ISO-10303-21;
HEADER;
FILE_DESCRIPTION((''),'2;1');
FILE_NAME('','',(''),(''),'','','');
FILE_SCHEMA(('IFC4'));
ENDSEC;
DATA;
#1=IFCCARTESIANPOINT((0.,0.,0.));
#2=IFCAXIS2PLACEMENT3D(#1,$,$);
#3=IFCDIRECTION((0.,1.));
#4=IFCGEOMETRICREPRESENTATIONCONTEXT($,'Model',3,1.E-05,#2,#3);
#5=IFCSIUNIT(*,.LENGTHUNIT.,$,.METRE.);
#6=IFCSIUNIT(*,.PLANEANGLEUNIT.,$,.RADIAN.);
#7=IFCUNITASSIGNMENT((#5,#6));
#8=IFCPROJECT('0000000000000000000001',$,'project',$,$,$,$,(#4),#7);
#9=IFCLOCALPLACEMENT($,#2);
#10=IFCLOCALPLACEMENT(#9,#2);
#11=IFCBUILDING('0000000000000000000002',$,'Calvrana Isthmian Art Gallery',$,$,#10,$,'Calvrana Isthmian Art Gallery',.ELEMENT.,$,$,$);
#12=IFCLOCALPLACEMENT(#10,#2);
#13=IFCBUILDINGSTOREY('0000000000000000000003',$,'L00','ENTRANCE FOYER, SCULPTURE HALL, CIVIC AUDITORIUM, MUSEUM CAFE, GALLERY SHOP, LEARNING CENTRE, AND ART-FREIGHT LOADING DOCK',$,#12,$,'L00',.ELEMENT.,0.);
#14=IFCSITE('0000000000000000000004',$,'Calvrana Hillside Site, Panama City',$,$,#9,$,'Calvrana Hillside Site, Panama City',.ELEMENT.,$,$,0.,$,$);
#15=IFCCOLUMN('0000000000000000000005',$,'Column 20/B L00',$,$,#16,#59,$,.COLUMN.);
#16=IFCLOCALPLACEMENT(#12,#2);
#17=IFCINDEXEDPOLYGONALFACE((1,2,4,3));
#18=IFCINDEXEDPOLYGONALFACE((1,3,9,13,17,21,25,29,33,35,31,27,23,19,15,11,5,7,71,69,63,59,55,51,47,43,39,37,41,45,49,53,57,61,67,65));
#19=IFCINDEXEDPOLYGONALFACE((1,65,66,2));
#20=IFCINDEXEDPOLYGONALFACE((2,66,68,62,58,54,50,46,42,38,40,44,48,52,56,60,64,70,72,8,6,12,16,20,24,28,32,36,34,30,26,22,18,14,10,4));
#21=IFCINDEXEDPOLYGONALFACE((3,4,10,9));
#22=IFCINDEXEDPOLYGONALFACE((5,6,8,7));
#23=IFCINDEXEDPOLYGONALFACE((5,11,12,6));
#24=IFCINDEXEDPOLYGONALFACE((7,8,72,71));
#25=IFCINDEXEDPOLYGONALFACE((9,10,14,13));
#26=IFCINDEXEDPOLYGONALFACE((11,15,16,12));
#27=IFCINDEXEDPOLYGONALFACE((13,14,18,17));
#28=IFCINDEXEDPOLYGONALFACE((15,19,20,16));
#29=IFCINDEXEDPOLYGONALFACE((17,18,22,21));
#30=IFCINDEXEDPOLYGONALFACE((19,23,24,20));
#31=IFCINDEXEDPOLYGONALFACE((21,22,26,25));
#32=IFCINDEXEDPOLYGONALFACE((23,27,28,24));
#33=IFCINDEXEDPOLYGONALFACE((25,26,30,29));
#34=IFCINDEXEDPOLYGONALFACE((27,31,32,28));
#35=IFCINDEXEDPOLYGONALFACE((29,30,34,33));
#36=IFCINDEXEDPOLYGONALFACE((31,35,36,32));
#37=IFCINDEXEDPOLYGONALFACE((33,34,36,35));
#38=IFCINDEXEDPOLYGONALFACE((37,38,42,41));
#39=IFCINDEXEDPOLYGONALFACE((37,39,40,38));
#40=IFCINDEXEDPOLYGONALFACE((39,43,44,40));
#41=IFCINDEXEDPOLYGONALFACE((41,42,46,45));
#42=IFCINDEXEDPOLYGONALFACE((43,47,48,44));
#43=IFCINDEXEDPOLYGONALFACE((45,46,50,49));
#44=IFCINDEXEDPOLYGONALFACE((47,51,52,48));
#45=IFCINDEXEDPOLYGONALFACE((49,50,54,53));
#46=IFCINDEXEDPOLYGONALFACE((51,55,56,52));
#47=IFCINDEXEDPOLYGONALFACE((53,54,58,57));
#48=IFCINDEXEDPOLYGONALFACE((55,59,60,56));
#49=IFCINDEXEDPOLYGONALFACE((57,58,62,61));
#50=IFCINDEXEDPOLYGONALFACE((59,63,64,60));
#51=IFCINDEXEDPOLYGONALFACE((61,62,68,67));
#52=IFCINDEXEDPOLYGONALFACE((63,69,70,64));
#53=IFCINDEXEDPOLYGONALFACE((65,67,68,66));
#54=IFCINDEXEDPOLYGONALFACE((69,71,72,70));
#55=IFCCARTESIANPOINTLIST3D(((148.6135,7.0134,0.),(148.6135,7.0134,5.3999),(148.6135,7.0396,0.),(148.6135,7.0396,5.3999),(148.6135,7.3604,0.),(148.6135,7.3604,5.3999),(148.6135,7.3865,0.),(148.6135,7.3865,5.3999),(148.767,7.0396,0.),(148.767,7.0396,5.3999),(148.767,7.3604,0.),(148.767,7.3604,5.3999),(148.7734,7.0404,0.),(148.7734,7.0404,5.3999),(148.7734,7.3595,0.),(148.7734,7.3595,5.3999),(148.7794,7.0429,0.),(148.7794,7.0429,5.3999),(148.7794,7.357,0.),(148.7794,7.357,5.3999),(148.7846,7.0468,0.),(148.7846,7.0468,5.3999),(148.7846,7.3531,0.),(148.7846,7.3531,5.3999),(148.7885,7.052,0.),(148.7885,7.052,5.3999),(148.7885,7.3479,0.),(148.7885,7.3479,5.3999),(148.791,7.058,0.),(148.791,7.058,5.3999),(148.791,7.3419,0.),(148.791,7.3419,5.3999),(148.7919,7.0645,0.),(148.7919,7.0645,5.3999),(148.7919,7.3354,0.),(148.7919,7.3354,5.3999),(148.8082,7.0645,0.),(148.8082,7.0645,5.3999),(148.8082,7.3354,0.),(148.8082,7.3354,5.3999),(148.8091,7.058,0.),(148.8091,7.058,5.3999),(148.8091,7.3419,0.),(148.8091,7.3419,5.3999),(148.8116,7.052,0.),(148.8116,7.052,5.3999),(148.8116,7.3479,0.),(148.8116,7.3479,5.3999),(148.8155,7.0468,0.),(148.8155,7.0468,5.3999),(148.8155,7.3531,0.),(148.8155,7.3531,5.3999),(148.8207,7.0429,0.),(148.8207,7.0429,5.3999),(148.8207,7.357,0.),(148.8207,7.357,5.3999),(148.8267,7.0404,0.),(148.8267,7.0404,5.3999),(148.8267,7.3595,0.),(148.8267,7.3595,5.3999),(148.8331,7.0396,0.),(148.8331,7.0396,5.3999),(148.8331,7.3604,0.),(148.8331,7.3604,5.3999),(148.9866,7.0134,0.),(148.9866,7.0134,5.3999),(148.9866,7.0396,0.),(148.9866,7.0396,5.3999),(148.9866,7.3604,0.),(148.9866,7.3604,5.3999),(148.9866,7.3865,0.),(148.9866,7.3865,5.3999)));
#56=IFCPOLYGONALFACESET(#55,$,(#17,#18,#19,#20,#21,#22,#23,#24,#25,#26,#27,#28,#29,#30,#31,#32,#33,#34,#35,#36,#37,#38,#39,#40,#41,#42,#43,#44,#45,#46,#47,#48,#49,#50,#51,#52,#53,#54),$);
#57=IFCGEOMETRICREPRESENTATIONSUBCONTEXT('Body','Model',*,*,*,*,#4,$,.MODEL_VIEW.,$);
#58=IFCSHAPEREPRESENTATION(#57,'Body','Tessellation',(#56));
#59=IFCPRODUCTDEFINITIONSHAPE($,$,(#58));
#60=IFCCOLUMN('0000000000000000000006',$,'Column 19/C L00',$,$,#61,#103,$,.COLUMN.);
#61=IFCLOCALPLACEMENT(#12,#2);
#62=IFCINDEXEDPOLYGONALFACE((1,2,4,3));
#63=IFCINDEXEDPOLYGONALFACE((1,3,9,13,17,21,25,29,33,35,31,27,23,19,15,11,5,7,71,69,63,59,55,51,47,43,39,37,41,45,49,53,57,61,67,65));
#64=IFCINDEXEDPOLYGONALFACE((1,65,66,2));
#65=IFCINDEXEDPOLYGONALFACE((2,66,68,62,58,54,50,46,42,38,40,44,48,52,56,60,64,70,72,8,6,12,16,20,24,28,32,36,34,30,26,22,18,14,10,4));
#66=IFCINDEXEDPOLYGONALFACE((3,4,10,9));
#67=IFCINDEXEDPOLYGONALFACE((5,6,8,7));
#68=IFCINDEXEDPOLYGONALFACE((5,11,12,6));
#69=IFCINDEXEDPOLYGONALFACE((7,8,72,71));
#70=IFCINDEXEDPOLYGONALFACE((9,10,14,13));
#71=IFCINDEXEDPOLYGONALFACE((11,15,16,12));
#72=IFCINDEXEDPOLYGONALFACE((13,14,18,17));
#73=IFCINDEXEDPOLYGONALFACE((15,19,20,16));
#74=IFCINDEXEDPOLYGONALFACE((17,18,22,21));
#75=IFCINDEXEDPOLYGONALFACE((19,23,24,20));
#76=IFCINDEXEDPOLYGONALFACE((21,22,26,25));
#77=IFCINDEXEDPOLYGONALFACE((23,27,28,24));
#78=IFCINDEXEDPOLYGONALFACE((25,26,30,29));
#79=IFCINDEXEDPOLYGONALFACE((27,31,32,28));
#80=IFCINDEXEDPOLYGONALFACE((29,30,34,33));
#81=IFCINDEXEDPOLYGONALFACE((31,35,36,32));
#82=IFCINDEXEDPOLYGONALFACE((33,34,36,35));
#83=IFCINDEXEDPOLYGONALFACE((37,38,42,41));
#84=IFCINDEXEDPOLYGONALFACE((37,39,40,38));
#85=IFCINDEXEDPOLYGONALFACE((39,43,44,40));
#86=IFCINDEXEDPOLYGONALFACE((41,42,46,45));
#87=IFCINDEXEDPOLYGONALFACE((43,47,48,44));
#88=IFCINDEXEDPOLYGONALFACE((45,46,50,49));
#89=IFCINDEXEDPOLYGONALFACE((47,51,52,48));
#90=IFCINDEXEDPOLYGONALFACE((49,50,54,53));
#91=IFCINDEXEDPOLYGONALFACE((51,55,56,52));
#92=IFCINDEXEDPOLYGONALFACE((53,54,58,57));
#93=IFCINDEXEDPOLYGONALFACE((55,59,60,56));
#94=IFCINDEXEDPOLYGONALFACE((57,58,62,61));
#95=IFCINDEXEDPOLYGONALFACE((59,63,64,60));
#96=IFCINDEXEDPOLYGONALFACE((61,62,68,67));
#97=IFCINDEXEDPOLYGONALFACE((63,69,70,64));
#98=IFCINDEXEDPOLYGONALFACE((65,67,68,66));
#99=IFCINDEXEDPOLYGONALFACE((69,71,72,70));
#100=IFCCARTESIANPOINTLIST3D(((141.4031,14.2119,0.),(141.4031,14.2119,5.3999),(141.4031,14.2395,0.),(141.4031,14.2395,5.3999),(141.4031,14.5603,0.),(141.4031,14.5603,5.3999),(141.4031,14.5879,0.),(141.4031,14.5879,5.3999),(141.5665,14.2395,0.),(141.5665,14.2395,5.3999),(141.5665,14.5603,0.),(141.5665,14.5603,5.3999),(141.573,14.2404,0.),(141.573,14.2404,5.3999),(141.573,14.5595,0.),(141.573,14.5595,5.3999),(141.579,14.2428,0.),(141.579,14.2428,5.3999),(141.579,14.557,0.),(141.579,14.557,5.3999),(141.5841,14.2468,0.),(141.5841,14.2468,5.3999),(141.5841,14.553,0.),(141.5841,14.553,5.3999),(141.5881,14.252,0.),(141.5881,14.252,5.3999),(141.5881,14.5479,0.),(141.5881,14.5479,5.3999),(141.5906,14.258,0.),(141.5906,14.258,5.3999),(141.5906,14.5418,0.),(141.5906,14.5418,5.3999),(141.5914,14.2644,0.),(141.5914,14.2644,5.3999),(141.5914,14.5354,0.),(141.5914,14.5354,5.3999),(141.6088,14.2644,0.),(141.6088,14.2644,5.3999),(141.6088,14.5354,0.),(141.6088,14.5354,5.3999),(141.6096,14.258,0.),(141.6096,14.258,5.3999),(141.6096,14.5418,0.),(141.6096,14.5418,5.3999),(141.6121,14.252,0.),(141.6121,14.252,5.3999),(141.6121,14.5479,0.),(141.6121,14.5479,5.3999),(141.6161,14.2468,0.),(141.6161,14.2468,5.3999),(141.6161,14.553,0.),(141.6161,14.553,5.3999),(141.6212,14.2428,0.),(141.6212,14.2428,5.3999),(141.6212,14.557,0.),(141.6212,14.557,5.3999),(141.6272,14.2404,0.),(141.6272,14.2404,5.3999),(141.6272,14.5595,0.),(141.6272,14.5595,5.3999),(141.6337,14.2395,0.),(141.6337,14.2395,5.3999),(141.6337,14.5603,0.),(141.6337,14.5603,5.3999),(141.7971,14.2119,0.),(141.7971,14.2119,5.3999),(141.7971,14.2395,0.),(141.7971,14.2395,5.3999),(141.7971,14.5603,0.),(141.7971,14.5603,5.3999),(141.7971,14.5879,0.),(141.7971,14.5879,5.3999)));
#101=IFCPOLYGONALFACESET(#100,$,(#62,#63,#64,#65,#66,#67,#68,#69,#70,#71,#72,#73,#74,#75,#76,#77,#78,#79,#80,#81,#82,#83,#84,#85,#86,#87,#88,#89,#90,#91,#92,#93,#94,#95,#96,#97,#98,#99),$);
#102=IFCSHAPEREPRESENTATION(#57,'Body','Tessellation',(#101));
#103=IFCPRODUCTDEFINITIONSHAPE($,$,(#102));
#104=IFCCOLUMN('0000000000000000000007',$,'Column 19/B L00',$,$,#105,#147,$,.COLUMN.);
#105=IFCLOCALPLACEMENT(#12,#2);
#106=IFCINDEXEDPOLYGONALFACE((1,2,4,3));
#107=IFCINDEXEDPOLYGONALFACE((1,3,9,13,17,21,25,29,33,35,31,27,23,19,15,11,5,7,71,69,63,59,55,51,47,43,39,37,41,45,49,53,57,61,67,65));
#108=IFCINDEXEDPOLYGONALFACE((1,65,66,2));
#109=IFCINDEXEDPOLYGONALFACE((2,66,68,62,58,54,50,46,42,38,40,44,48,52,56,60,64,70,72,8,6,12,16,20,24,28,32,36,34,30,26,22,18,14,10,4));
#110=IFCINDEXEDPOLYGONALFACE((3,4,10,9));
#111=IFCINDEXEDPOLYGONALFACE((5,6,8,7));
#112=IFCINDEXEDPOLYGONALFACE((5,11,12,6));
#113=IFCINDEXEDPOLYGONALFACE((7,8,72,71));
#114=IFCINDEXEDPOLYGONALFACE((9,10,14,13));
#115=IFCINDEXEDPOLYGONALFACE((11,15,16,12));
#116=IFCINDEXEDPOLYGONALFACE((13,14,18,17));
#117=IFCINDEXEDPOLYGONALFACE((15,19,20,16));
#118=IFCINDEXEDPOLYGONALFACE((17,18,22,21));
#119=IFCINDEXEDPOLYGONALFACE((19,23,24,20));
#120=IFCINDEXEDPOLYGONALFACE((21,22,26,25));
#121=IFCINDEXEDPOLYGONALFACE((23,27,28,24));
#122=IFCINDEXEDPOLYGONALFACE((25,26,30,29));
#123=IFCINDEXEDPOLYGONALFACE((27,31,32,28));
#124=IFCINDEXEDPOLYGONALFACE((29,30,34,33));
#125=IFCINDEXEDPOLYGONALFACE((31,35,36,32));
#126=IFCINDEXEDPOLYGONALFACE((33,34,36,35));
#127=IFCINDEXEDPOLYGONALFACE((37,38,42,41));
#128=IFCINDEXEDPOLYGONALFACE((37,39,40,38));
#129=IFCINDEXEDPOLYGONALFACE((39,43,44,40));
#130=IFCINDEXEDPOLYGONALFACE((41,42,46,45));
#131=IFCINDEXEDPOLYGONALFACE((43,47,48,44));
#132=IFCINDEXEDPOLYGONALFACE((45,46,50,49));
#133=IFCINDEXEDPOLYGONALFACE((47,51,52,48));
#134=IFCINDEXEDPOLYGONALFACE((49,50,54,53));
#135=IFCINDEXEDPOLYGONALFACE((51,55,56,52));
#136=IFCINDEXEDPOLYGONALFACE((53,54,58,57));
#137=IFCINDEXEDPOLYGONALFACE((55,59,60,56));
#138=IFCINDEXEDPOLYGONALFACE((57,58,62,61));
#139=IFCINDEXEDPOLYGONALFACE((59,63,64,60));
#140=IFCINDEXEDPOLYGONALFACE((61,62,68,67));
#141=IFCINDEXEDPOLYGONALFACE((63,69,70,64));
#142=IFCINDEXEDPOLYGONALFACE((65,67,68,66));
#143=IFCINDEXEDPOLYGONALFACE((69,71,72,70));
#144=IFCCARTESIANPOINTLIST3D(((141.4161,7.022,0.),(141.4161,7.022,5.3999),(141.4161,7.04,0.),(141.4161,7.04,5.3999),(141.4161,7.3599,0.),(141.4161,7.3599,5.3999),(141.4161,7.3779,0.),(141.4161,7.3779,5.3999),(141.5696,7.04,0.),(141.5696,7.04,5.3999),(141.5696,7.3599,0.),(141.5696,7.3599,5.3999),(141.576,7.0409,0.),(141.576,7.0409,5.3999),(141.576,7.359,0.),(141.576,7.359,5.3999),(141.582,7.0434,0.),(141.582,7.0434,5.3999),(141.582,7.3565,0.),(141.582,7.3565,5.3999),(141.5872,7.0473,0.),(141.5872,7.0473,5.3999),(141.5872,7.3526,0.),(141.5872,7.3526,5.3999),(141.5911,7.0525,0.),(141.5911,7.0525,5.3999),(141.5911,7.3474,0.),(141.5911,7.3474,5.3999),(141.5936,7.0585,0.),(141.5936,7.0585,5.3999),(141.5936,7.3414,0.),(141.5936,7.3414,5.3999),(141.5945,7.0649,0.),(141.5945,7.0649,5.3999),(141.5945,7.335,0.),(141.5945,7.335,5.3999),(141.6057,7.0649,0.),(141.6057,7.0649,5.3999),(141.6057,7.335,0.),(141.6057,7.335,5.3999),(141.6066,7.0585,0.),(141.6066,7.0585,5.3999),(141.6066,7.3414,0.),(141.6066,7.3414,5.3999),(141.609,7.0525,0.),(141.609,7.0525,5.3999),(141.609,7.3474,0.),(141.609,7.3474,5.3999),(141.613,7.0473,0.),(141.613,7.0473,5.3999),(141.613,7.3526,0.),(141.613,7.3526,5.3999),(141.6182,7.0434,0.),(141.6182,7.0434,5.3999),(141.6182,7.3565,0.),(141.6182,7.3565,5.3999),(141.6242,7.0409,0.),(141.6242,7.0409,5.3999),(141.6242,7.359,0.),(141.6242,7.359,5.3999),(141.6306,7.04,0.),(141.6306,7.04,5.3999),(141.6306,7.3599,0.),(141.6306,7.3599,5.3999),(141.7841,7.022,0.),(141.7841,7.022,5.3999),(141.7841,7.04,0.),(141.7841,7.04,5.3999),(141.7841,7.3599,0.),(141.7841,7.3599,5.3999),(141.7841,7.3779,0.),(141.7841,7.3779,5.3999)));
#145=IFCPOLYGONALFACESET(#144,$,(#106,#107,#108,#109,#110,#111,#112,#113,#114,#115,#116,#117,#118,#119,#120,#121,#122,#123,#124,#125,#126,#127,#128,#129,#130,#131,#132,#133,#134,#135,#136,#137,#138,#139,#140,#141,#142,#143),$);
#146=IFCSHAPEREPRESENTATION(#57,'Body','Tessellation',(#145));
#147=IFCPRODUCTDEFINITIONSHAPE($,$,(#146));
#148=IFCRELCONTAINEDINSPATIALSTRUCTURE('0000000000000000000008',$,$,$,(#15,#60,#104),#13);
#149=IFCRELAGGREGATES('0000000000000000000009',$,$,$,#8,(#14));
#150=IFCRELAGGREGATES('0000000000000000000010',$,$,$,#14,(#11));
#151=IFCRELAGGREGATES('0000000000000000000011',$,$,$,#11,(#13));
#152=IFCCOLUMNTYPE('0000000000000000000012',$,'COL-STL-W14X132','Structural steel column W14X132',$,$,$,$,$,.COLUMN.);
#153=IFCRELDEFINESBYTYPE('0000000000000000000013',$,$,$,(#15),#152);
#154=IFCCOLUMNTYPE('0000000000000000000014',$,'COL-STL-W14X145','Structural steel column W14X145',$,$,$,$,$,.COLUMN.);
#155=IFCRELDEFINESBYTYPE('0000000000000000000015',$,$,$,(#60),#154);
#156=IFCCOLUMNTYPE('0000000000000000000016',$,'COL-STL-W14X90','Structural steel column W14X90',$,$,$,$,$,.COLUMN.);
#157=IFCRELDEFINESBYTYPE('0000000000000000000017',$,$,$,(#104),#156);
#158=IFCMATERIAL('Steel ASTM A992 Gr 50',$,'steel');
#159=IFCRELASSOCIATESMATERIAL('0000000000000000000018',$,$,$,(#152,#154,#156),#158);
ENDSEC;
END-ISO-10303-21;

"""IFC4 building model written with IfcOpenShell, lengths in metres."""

from ifc_helpers import new_model, si_unit, direction, frame, origin, origin_2d, place, context, subcontext, project, spatial, i_section, extrude, material, material_profile, profile_set, type_object, element, save


model = new_model("IFC4")

# Units and contexts
model_context = context("Model", 3, precision=1e-05, world=origin(), true_north=direction((0.0, 1.0)))
body_context = subcontext(model_context, "Body", "Model", "MODEL_VIEW")
ifc_project = project(units=[si_unit("LENGTHUNIT", "METRE"), si_unit("PLANEANGLEUNIT", "RADIAN")], contexts=[model_context])

# Site, building, storey
site_placement = place(None, origin())
site = spatial("IfcSite", under=ifc_project, at=site_placement, Name="Calvrana Hillside Site, Panama City", LongName="Calvrana Hillside Site, Panama City", CompositionType="ELEMENT", RefElevation=0.0)
building_placement = place(site_placement, origin())
building = spatial("IfcBuilding", under=site, at=building_placement, Name="Calvrana Isthmian Art Gallery", LongName="Calvrana Isthmian Art Gallery", CompositionType="ELEMENT")
storey_placement = place(building_placement, origin())
storey = spatial("IfcBuildingStorey", under=building, at=storey_placement, Name="L00", Description="ENTRANCE FOYER, SCULPTURE HALL, CIVIC AUDITORIUM, MUSEUM CAFE, GALLERY SHOP, LEARNING CENTRE, AND ART-FREIGHT LOADING DOCK", LongName="L00", CompositionType="ELEMENT", Elevation=0.0)

# Columns
ifc_material_1 = material(Name="Steel ASTM A992 Gr 50", Category="steel")
ifc_material_profile_1 = material_profile(ifc_material_1, i_section(OverallWidth=0.373, OverallDepth=0.373, WebThickness=0.0164, FlangeThickness=0.0261, FilletRadius=0.0249, at=origin_2d()), Name="W14X132")
ifc_profile_set_1 = profile_set([ifc_material_profile_1], Name="Steel ASTM A992 Gr 50")
column_type_1 = type_object("IfcColumnType", Name="COL-STL-W14X132", Description="Structural steel column W14X132", PredefinedType="COLUMN", material=ifc_profile_set_1)
column_1_placement = place(storey_placement, frame((148.8, 7.2, 0.0), z_axis=(0.0, 0.0, 1.0), x_axis=(1.0, 0.0, 0.0)))
element("IfcColumn", 1, at=column_1_placement, inside=storey, type_object=column_type_1, Name="Column 20/B L00", PredefinedType="COLUMN", context=body_context, shape_type="SweptSolid", body=[
    extrude(i_section(OverallWidth=0.373, OverallDepth=0.373, WebThickness=0.0164, FlangeThickness=0.0261, FilletRadius=0.0249, at=origin_2d()), origin(), (0.0, 0.0, 1.0), 5.3999),
])
ifc_material_profile_2 = material_profile(ifc_material_1, i_section(OverallWidth=0.394, OverallDepth=0.376, WebThickness=0.0173, FlangeThickness=0.0276, FilletRadius=0.0249, at=origin_2d()), Name="W14X145")
ifc_profile_set_2 = profile_set([ifc_material_profile_2], Name="Steel ASTM A992 Gr 50")
column_type_2 = type_object("IfcColumnType", Name="COL-STL-W14X145", Description="Structural steel column W14X145", PredefinedType="COLUMN", material=ifc_profile_set_2)
column_2_placement = place(storey_placement, frame((141.6001, 14.3999, 0.0), z_axis=(0.0, 0.0, 1.0), x_axis=(1.0, 0.0, 0.0)))
element("IfcColumn", 2, at=column_2_placement, inside=storey, type_object=column_type_2, Name="Column 19/C L00", PredefinedType="COLUMN", context=body_context, shape_type="SweptSolid", body=[
    extrude(i_section(OverallWidth=0.394, OverallDepth=0.376, WebThickness=0.0173, FlangeThickness=0.0276, FilletRadius=0.0249, at=origin_2d()), origin(), (0.0, 0.0, 1.0), 5.3999),
])
ifc_material_profile_3 = material_profile(ifc_material_1, i_section(OverallWidth=0.3679, OverallDepth=0.356, WebThickness=0.0112, FlangeThickness=0.0181, FilletRadius=0.0249, at=origin_2d()), Name="W14X90")
ifc_profile_set_3 = profile_set([ifc_material_profile_3], Name="Steel ASTM A992 Gr 50")
column_type_3 = type_object("IfcColumnType", Name="COL-STL-W14X90", Description="Structural steel column W14X90", PredefinedType="COLUMN", material=ifc_profile_set_3)
column_3_placement = place(storey_placement, frame((141.6001, 7.2, 0.0), z_axis=(0.0, 0.0, 1.0), x_axis=(1.0, 0.0, 0.0)))
element("IfcColumn", 3, at=column_3_placement, inside=storey, type_object=column_type_3, Name="Column 19/B L00", PredefinedType="COLUMN", context=body_context, shape_type="SweptSolid", body=[
    extrude(i_section(OverallWidth=0.3679, OverallDepth=0.356, WebThickness=0.0112, FlangeThickness=0.0181, FilletRadius=0.0249, at=origin_2d()), origin(), (0.0, 0.0, 1.0), 5.3999),
])

save(model, "model.ifc")
